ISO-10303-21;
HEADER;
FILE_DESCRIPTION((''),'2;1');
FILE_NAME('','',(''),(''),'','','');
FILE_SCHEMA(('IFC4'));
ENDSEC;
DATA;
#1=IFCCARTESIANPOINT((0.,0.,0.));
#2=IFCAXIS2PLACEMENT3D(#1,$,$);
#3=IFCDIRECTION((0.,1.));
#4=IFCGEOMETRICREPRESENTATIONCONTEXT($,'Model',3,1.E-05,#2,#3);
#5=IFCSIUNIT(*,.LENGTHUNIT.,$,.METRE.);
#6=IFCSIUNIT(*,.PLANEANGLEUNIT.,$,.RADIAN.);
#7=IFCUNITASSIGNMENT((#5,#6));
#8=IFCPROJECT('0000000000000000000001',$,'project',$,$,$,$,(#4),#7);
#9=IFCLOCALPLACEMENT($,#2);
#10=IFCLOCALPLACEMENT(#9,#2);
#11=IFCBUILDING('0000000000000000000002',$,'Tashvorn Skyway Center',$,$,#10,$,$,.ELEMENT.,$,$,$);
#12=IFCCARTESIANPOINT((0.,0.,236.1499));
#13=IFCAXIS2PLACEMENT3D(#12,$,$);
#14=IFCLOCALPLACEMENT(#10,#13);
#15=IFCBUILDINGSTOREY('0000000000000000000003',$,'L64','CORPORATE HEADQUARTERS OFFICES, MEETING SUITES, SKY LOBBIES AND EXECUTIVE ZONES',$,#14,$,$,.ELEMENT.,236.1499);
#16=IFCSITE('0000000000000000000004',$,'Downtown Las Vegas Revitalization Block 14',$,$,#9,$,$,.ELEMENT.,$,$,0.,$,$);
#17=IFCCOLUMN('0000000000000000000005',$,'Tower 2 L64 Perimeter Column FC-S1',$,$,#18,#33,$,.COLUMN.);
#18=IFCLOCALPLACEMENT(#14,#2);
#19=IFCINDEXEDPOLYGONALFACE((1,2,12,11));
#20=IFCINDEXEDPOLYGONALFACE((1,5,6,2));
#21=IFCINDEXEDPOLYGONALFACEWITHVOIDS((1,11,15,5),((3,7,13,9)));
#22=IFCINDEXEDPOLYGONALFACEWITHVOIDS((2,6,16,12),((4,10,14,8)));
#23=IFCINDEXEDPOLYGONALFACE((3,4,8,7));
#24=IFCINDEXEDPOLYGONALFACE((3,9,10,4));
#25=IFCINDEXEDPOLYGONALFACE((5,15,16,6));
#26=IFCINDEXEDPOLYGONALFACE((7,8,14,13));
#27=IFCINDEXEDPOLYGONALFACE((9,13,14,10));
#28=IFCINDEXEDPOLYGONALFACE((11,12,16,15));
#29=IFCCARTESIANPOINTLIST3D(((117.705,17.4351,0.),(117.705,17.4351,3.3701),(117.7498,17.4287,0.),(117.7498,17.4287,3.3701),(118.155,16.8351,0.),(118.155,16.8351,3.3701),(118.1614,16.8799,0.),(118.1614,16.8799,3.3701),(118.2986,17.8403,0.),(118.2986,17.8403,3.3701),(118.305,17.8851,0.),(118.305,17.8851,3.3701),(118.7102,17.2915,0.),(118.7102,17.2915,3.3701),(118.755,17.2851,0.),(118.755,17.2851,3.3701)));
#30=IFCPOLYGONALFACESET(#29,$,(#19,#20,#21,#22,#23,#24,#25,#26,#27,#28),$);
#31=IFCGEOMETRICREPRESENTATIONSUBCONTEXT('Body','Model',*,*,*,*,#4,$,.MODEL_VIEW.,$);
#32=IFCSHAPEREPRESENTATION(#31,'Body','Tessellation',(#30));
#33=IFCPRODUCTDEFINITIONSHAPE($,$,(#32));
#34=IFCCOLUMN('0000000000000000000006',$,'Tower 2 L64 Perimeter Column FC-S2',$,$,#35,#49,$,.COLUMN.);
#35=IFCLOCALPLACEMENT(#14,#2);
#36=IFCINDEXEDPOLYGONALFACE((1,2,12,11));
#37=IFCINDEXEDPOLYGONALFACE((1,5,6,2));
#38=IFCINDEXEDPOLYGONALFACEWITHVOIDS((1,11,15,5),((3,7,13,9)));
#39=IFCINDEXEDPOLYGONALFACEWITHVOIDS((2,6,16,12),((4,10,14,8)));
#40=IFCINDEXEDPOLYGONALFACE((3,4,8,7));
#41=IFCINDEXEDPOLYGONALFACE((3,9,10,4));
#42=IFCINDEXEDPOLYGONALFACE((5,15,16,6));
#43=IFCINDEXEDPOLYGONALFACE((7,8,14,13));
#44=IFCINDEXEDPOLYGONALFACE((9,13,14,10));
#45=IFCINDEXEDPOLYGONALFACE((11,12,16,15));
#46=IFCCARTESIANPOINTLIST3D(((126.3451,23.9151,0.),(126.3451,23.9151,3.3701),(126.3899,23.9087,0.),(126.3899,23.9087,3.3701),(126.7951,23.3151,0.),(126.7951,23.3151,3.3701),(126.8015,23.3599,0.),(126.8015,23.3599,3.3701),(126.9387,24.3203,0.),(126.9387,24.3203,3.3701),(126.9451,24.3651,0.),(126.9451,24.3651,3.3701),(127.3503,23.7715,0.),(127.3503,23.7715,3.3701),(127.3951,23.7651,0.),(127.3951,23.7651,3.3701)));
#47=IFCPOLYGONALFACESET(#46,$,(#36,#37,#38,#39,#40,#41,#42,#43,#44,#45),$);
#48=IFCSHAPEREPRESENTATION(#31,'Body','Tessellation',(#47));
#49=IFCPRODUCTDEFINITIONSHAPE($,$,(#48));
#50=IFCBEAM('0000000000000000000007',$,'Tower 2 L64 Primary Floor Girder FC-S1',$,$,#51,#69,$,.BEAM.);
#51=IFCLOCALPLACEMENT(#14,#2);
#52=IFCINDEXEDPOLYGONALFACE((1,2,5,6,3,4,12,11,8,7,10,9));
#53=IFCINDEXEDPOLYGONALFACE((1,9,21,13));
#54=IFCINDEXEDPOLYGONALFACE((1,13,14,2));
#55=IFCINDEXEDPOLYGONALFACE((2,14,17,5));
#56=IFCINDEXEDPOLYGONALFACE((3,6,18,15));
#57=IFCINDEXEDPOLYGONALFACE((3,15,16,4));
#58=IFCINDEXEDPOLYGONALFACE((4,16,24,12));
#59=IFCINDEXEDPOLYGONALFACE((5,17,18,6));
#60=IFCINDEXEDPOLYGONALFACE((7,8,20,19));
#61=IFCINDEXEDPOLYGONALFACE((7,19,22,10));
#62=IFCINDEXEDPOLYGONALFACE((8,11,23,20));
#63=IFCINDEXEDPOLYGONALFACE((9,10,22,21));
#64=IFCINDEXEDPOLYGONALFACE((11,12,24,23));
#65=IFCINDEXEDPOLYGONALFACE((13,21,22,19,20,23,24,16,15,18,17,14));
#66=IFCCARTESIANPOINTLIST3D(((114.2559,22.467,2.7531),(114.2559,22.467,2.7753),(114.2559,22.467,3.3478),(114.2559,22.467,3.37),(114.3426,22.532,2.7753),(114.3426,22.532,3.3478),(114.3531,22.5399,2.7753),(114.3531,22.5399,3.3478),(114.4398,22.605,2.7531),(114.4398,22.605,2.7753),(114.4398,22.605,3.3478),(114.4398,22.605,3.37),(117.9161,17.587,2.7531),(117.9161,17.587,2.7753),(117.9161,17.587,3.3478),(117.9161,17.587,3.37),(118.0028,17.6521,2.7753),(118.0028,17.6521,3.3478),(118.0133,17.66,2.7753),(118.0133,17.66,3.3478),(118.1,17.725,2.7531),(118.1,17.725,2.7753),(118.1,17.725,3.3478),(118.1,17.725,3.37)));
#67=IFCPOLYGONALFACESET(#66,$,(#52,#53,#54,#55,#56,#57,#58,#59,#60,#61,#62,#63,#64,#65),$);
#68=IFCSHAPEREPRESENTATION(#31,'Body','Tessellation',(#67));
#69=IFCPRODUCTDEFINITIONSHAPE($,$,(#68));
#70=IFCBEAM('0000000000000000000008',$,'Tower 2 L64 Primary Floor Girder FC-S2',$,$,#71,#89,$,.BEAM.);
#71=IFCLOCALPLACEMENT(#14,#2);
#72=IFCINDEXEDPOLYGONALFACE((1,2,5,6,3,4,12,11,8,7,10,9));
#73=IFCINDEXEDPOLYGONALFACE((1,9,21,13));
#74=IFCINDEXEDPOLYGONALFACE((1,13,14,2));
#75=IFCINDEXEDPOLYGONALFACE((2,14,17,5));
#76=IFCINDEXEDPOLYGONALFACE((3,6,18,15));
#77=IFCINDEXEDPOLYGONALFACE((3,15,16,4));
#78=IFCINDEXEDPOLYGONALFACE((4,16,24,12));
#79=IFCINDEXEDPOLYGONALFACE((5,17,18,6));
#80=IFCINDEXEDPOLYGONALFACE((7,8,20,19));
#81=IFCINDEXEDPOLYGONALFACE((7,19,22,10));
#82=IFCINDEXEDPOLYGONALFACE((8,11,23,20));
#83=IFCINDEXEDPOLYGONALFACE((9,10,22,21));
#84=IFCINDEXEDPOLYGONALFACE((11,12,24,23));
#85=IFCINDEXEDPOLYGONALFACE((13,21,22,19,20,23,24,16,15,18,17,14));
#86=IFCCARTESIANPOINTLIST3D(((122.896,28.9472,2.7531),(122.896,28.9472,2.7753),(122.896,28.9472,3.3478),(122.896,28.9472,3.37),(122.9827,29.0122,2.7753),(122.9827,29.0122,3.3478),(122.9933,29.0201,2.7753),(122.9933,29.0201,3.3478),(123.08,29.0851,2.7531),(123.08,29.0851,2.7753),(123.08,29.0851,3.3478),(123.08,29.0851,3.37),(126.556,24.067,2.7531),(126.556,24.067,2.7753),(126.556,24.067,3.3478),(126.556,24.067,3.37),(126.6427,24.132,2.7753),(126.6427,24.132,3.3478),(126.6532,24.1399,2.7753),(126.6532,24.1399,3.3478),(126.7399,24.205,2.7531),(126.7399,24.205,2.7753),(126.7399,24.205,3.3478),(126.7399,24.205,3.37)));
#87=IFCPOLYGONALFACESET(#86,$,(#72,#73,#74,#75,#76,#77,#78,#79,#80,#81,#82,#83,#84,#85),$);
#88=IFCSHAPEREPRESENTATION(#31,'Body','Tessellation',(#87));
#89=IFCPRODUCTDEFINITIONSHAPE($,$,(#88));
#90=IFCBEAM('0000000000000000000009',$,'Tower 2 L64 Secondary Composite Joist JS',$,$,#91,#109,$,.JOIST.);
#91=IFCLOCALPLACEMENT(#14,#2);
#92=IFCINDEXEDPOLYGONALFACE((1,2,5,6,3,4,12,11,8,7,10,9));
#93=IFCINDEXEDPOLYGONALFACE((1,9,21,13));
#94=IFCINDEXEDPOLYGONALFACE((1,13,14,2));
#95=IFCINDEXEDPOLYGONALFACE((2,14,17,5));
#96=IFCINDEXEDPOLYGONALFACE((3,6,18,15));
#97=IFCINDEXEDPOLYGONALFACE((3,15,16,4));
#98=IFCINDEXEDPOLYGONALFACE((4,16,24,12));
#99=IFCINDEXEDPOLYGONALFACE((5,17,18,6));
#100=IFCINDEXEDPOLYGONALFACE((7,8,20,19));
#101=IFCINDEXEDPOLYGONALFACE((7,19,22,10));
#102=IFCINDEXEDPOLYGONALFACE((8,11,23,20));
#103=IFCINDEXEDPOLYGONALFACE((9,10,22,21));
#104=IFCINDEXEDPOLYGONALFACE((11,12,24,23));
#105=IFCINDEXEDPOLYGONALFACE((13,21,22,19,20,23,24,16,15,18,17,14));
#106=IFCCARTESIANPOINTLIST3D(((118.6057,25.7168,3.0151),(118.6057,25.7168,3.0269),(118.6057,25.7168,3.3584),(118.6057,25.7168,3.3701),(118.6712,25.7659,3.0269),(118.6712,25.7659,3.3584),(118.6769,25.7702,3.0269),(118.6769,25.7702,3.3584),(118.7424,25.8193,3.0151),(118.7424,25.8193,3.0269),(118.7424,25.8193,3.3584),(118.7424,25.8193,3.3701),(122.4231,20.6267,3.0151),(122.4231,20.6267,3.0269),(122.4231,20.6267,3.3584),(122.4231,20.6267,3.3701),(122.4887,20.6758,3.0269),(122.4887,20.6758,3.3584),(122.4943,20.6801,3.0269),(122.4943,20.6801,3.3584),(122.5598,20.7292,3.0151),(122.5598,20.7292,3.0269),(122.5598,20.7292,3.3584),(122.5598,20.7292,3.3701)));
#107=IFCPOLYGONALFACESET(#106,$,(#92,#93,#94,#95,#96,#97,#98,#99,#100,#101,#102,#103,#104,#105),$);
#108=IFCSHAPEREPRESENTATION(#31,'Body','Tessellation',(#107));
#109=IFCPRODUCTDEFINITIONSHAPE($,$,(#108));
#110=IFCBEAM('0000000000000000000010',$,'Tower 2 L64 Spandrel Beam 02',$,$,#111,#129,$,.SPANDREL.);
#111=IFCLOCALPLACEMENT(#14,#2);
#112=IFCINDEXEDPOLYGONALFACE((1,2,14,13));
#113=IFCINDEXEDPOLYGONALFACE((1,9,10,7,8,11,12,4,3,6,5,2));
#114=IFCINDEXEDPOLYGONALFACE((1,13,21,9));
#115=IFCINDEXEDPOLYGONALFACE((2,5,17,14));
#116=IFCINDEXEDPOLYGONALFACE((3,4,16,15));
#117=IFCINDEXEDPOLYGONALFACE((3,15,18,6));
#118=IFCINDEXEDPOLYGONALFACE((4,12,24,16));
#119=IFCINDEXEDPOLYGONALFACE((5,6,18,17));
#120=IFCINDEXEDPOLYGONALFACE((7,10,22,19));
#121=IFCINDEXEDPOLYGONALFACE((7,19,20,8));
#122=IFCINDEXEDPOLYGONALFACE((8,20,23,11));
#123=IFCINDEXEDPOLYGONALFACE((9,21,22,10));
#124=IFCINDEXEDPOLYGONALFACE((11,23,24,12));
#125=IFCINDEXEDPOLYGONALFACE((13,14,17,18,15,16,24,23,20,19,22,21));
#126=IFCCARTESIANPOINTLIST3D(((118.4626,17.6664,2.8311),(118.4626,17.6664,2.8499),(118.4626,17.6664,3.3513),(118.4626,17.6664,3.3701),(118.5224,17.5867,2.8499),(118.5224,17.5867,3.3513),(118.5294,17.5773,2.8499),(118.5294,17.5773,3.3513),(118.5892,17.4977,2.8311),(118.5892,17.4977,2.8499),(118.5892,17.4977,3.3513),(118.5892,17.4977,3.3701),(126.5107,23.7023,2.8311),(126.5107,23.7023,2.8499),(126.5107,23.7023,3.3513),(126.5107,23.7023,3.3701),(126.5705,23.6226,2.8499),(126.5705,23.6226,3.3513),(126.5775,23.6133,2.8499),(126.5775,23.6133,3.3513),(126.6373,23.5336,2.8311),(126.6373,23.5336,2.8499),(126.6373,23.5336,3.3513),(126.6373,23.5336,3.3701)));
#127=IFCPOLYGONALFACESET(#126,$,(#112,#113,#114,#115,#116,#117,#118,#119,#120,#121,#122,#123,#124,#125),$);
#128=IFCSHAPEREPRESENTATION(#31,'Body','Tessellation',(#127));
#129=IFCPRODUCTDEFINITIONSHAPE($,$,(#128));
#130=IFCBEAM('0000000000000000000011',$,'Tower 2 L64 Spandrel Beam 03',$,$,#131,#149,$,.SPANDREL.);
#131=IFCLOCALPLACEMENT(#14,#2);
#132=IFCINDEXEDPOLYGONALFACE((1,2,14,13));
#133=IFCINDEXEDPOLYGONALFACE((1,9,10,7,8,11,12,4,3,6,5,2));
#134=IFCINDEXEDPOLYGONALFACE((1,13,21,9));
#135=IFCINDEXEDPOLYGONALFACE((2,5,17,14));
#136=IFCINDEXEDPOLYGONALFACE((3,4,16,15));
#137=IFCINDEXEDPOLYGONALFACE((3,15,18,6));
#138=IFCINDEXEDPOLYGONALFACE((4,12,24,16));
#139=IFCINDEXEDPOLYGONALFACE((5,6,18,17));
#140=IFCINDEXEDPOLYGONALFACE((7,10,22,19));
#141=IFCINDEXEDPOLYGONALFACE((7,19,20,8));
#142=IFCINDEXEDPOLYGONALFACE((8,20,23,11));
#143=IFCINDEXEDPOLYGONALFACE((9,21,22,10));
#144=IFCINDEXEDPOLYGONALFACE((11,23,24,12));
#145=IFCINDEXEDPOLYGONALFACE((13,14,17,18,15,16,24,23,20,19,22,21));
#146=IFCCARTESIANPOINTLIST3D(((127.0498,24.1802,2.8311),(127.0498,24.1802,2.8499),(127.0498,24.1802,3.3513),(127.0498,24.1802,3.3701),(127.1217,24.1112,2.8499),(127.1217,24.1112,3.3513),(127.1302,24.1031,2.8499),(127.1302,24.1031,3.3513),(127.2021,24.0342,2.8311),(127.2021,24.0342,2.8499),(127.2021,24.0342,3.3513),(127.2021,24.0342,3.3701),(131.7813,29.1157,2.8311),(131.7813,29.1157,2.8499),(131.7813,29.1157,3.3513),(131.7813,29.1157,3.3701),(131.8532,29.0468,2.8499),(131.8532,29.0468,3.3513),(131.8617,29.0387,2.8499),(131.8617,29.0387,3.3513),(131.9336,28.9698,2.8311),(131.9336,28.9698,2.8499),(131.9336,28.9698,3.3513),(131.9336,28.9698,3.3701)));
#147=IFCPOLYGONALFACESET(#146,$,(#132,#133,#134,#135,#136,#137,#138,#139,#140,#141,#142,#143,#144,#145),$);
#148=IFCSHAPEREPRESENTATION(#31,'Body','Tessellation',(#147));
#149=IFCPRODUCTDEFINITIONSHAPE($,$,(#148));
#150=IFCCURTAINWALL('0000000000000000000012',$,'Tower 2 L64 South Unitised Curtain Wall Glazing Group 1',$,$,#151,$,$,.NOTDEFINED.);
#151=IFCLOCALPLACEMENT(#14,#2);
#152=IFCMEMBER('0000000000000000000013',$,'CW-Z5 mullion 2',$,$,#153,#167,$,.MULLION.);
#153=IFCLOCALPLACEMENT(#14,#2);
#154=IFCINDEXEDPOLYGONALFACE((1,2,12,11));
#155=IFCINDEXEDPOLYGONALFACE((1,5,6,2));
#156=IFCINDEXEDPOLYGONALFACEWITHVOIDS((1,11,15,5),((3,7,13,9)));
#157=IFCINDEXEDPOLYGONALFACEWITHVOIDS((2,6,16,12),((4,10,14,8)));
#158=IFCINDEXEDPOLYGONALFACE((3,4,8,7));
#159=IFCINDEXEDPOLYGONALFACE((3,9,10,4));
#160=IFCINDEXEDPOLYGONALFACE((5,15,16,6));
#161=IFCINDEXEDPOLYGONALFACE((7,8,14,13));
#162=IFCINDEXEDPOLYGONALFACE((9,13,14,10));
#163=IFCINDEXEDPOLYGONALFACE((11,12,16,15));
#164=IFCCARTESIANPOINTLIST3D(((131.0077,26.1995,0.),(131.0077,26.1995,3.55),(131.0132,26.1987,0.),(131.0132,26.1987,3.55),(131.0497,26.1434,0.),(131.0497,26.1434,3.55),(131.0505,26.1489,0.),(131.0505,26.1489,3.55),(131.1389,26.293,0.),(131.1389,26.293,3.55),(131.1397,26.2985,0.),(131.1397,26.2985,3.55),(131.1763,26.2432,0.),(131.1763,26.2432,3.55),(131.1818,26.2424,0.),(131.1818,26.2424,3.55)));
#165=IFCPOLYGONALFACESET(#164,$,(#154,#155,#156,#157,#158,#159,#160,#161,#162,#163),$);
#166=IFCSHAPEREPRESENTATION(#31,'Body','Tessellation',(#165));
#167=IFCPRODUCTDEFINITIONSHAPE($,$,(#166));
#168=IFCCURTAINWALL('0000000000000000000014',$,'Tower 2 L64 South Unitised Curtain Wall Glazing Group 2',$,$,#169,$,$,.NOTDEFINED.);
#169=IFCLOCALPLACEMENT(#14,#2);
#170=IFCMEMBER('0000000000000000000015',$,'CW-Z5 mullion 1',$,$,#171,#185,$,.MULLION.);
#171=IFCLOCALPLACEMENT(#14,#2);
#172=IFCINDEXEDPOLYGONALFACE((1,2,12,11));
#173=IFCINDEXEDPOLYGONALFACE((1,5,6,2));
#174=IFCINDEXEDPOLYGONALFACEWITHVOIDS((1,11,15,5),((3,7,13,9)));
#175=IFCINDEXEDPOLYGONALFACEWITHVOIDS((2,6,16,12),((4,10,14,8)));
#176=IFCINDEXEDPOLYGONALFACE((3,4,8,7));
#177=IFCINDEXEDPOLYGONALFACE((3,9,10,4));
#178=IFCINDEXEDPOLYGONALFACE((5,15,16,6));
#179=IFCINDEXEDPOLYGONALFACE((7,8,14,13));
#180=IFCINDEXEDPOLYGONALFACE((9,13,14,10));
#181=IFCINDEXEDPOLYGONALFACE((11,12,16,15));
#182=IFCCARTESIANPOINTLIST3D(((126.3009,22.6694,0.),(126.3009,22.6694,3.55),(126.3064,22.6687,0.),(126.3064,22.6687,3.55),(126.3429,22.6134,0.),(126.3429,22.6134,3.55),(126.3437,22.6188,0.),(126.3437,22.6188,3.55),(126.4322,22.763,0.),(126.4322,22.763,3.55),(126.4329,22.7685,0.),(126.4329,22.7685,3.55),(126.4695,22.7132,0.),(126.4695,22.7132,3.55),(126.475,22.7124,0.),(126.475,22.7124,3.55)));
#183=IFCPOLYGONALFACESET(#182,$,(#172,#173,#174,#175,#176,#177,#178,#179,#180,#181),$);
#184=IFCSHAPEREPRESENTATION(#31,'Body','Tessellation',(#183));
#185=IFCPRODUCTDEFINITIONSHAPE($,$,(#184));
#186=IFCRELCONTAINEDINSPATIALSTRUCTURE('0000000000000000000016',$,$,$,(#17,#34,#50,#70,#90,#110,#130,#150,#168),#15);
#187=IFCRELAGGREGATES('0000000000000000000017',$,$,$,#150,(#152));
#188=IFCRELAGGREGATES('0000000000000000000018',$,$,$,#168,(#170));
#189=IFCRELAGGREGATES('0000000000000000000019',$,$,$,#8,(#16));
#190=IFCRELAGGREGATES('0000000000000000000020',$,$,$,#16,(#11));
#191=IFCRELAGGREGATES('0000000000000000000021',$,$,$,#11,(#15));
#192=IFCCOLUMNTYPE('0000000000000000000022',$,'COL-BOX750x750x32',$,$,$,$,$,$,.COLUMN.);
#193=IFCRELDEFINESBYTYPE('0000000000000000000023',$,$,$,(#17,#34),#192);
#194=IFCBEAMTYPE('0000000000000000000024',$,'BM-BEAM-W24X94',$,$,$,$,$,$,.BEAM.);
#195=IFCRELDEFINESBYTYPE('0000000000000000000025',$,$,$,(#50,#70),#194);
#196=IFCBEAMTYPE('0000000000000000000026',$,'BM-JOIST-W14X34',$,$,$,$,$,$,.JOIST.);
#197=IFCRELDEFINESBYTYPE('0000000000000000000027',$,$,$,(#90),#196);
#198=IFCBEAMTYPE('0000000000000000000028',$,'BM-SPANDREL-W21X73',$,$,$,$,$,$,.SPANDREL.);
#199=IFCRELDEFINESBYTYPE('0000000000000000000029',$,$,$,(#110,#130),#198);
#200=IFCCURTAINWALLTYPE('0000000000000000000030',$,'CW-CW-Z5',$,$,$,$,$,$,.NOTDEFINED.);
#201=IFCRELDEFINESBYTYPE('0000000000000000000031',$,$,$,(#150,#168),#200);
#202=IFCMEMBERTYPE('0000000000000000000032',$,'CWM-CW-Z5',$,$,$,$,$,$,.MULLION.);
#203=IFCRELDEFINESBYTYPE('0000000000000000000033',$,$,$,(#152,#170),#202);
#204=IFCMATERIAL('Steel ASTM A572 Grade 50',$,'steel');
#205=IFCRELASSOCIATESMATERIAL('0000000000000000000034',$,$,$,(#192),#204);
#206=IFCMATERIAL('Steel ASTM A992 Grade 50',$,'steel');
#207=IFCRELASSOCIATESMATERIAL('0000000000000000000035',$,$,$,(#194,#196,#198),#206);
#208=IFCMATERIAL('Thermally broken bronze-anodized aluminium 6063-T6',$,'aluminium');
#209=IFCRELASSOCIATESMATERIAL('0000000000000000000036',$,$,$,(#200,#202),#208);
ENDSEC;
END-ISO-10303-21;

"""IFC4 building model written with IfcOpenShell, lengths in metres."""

from ifc_helpers import new_model, si_unit, direction, frame, origin, origin_2d, place, context, subcontext, project, spatial, hollow_rectangle, i_section, extrude, material, material_profile, profile_set, type_object, element, aggregate, save


model = new_model("IFC4")

# Units and contexts
model_context = context("Model", 3, precision=1e-05, world=origin(), true_north=direction((0.0, 1.0)))
body_context = subcontext(model_context, "Body", "Model", "MODEL_VIEW")
ifc_project = project(units=[si_unit("LENGTHUNIT", "METRE"), si_unit("PLANEANGLEUNIT", "RADIAN")], contexts=[model_context])

# Site, building, storey
site_placement = place(None, origin())
site = spatial("IfcSite", under=ifc_project, at=site_placement, Name="Downtown Las Vegas Revitalization Block 14", CompositionType="ELEMENT", RefElevation=0.0)
building_placement = place(site_placement, origin())
building = spatial("IfcBuilding", under=site, at=building_placement, Name="Tashvorn Skyway Center", CompositionType="ELEMENT")
storey_placement = place(building_placement, frame((0.0, 0.0, 236.1499)))
storey = spatial("IfcBuildingStorey", under=building, at=storey_placement, Name="L64", Description="CORPORATE HEADQUARTERS OFFICES, MEETING SUITES, SKY LOBBIES AND EXECUTIVE ZONES", CompositionType="ELEMENT", Elevation=236.1499)

# Columns
ifc_material_1 = material(Name="Steel ASTM A572 Grade 50", Category="steel")
ifc_material_profile_1 = material_profile(ifc_material_1, hollow_rectangle(XDim=0.75, YDim=0.75, WallThickness=0.032, at=origin_2d()), Name="BOX750x750x32")
ifc_profile_set_1 = profile_set([ifc_material_profile_1], Name="Steel ASTM A572 Grade 50")
column_type = type_object("IfcColumnType", Name="COL-BOX750x750x32", PredefinedType="COLUMN", material=ifc_profile_set_1)
for number, where, z_axis, x_axis, name in (
    (1, (118.23, 17.3601, 0.0), (0.0, 0.0, 1.0), (0.8, 0.6, 0.0), "Tower 2 L64 Perimeter Column FC-S1"),
    (2, (126.8701, 23.8401, 0.0), (0.0, 0.0, 1.0), (0.8, 0.6, 0.0), "Tower 2 L64 Perimeter Column FC-S2"),
):
    element("IfcColumn", number, at=place(storey_placement, frame(where, z_axis=z_axis, x_axis=x_axis)), inside=storey, type_object=column_type, Name=name, PredefinedType="COLUMN", context=body_context, shape_type="SweptSolid", body=[
        extrude(hollow_rectangle(XDim=0.75, YDim=0.75, WallThickness=0.032, at=origin_2d()), origin(), (0.0, 0.0, 1.0), 3.3701),
    ])

# Beams
ifc_material_2 = material(Name="Steel ASTM A992 Grade 50", Category="steel")
ifc_material_profile_2 = material_profile(ifc_material_2, i_section(OverallWidth=0.23, OverallDepth=0.6169, WebThickness=0.0132, FlangeThickness=0.0222, at=origin_2d()), Name="W24X94")
ifc_profile_set_2 = profile_set([ifc_material_profile_2], Name="Steel ASTM A992 Grade 50")
beam_type_1 = type_object("IfcBeamType", Name="BM-BEAM-W24X94", PredefinedType="BEAM", material=ifc_profile_set_2)
for number, where, z_axis, x_axis, name in (
    (3, (118.0081, 17.656, 3.0615), (-0.600026, 0.799981, 0.0), (-0.799981, -0.600026, 0.0), "Tower 2 L64 Primary Floor Girder FC-S1"),
    (4, (126.6479, 24.136, 3.0615), (-0.599981, 0.800014, 0.0), (-0.800014, -0.599981, 0.0), "Tower 2 L64 Primary Floor Girder FC-S2"),
):
    element("IfcBeam", number, at=place(storey_placement, frame(where, z_axis=z_axis, x_axis=x_axis)), inside=storey, type_object=beam_type_1, Name=name, PredefinedType="BEAM", context=body_context, shape_type="SweptSolid", body=[
        extrude(i_section(OverallWidth=0.23, OverallDepth=0.6169, WebThickness=0.0132, FlangeThickness=0.0222, at=origin_2d()), origin(), (0.0, 0.0, 1.0), 6.1001),
    ])
ifc_material_profile_3 = material_profile(ifc_material_2, i_section(OverallWidth=0.1709, OverallDepth=0.355, WebThickness=0.0071, FlangeThickness=0.0117, at=origin_2d()), Name="W14X34")
ifc_profile_set_3 = profile_set([ifc_material_profile_3], Name="Steel ASTM A992 Grade 50")
beam_type_2 = type_object("IfcBeamType", Name="BM-JOIST-W14X34", PredefinedType="JOIST", material=ifc_profile_set_3)
beam_1_placement = place(storey_placement, frame((118.6741, 25.7681, 3.1926), z_axis=(0.599982, -0.800014, 0.0), x_axis=(0.800014, 0.599982, 0.0)))
element("IfcBeam", 5, at=beam_1_placement, inside=storey, type_object=beam_type_2, Name="Tower 2 L64 Secondary Composite Joist JS", PredefinedType="JOIST", context=body_context, shape_type="SweptSolid", body=[
    extrude(i_section(OverallWidth=0.1709, OverallDepth=0.355, WebThickness=0.0071, FlangeThickness=0.0117, at=origin_2d()), origin(), (0.0, 0.0, 1.0), 6.3625),
])
ifc_material_profile_4 = material_profile(ifc_material_2, i_section(OverallWidth=0.2109, OverallDepth=0.5391, WebThickness=0.0117, FlangeThickness=0.0188, at=origin_2d()), Name="W21X73")
ifc_profile_set_4 = profile_set([ifc_material_profile_4], Name="Steel ASTM A992 Grade 50")
beam_type_3 = type_object("IfcBeamType", Name="BM-SPANDREL-W21X73", PredefinedType="SPANDREL", material=ifc_profile_set_4)
beam_2_placement = place(storey_placement, frame((118.5259, 17.582, 3.1006), z_axis=(0.800009, 0.599988, 0.0), x_axis=(-0.599988, 0.800009, 0.0)))
element("IfcBeam", 6, at=beam_2_placement, inside=storey, type_object=beam_type_3, Name="Tower 2 L64 Spandrel Beam 02", PredefinedType="SPANDREL", context=body_context, shape_type="SweptSolid", body=[
    extrude(i_section(OverallWidth=0.2109, OverallDepth=0.5391, WebThickness=0.0117, FlangeThickness=0.0188, at=origin_2d()), origin(), (0.0, 0.0, 1.0), 10.0601),
])
beam_3_placement = place(storey_placement, frame((127.126, 24.1072, 3.1006), z_axis=(0.692023, 0.721875, 0.0), x_axis=(-0.721875, 0.692023, 0.0)))
element("IfcBeam", 7, at=beam_3_placement, inside=storey, type_object=beam_type_3, Name="Tower 2 L64 Spandrel Beam 03", PredefinedType="SPANDREL", context=body_context, shape_type="SweptSolid", body=[
    extrude(i_section(OverallWidth=0.2109, OverallDepth=0.5391, WebThickness=0.0117, FlangeThickness=0.0188, at=origin_2d()), origin(), (0.0, 0.0, 1.0), 6.8372),
])

# Curtain wall, member
ifc_material_3 = material(Name="Thermally broken bronze-anodized aluminium 6063-T6", Category="aluminium")
curtain_wall_type = type_object("IfcCurtainWallType", Name="CW-CW-Z5", PredefinedType="NOTDEFINED", material=ifc_material_3)
curtain_wall_1_placement = place(storey_placement, origin())
curtain_wall_1 = element("IfcCurtainWall", 8, at=curtain_wall_1_placement, inside=storey, type_object=curtain_wall_type, Name="Tower 2 L64 South Unitised Curtain Wall Glazing Group 1", PredefinedType="NOTDEFINED")
ifc_material_profile_5 = material_profile(ifc_material_3, hollow_rectangle(XDim=0.0701, YDim=0.165, WallThickness=0.0039, at=origin_2d()), Name="ALU-MULL-70x165")
ifc_profile_set_5 = profile_set([ifc_material_profile_5], Name="Thermally broken bronze-anodized aluminium 6063-T6")
member_type_1 = type_object("IfcMemberType", Name="CWM-CW-Z5", PredefinedType="MULLION", material=ifc_profile_set_5)
member_1_placement = place(storey_placement, frame((131.0947, 26.2209, 0.0), z_axis=(0.0, 0.0, 1.0), x_axis=(0.600006, -0.799996, 0.0)))
member_1 = element("IfcMember", 9, at=member_1_placement, type_object=member_type_1, Name="CW-Z5 mullion 2", PredefinedType="MULLION", context=body_context, shape_type="SweptSolid", body=[
    extrude(hollow_rectangle(XDim=0.0701, YDim=0.165, WallThickness=0.0039, at=origin_2d()), origin(), (0.0, 0.0, 1.0), 3.55),
])
aggregate(curtain_wall_1, [member_1])

# Curtain wall, member
curtain_wall_2_placement = place(storey_placement, origin())
curtain_wall_2 = element("IfcCurtainWall", 10, at=curtain_wall_2_placement, inside=storey, type_object=curtain_wall_type, Name="Tower 2 L64 South Unitised Curtain Wall Glazing Group 2", PredefinedType="NOTDEFINED")
member_2_placement = place(storey_placement, frame((126.3879, 22.6909, 0.0), z_axis=(0.0, 0.0, 1.0), x_axis=(0.6, -0.8, 0.0)))
member_2 = element("IfcMember", 11, at=member_2_placement, type_object=member_type_1, Name="CW-Z5 mullion 1", PredefinedType="MULLION", context=body_context, shape_type="SweptSolid", body=[
    extrude(hollow_rectangle(XDim=0.0701, YDim=0.165, WallThickness=0.0039, at=origin_2d()), origin(), (0.0, 0.0, 1.0), 3.55),
])

aggregate(curtain_wall_2, [member_2])

save(model, "model.ifc")
